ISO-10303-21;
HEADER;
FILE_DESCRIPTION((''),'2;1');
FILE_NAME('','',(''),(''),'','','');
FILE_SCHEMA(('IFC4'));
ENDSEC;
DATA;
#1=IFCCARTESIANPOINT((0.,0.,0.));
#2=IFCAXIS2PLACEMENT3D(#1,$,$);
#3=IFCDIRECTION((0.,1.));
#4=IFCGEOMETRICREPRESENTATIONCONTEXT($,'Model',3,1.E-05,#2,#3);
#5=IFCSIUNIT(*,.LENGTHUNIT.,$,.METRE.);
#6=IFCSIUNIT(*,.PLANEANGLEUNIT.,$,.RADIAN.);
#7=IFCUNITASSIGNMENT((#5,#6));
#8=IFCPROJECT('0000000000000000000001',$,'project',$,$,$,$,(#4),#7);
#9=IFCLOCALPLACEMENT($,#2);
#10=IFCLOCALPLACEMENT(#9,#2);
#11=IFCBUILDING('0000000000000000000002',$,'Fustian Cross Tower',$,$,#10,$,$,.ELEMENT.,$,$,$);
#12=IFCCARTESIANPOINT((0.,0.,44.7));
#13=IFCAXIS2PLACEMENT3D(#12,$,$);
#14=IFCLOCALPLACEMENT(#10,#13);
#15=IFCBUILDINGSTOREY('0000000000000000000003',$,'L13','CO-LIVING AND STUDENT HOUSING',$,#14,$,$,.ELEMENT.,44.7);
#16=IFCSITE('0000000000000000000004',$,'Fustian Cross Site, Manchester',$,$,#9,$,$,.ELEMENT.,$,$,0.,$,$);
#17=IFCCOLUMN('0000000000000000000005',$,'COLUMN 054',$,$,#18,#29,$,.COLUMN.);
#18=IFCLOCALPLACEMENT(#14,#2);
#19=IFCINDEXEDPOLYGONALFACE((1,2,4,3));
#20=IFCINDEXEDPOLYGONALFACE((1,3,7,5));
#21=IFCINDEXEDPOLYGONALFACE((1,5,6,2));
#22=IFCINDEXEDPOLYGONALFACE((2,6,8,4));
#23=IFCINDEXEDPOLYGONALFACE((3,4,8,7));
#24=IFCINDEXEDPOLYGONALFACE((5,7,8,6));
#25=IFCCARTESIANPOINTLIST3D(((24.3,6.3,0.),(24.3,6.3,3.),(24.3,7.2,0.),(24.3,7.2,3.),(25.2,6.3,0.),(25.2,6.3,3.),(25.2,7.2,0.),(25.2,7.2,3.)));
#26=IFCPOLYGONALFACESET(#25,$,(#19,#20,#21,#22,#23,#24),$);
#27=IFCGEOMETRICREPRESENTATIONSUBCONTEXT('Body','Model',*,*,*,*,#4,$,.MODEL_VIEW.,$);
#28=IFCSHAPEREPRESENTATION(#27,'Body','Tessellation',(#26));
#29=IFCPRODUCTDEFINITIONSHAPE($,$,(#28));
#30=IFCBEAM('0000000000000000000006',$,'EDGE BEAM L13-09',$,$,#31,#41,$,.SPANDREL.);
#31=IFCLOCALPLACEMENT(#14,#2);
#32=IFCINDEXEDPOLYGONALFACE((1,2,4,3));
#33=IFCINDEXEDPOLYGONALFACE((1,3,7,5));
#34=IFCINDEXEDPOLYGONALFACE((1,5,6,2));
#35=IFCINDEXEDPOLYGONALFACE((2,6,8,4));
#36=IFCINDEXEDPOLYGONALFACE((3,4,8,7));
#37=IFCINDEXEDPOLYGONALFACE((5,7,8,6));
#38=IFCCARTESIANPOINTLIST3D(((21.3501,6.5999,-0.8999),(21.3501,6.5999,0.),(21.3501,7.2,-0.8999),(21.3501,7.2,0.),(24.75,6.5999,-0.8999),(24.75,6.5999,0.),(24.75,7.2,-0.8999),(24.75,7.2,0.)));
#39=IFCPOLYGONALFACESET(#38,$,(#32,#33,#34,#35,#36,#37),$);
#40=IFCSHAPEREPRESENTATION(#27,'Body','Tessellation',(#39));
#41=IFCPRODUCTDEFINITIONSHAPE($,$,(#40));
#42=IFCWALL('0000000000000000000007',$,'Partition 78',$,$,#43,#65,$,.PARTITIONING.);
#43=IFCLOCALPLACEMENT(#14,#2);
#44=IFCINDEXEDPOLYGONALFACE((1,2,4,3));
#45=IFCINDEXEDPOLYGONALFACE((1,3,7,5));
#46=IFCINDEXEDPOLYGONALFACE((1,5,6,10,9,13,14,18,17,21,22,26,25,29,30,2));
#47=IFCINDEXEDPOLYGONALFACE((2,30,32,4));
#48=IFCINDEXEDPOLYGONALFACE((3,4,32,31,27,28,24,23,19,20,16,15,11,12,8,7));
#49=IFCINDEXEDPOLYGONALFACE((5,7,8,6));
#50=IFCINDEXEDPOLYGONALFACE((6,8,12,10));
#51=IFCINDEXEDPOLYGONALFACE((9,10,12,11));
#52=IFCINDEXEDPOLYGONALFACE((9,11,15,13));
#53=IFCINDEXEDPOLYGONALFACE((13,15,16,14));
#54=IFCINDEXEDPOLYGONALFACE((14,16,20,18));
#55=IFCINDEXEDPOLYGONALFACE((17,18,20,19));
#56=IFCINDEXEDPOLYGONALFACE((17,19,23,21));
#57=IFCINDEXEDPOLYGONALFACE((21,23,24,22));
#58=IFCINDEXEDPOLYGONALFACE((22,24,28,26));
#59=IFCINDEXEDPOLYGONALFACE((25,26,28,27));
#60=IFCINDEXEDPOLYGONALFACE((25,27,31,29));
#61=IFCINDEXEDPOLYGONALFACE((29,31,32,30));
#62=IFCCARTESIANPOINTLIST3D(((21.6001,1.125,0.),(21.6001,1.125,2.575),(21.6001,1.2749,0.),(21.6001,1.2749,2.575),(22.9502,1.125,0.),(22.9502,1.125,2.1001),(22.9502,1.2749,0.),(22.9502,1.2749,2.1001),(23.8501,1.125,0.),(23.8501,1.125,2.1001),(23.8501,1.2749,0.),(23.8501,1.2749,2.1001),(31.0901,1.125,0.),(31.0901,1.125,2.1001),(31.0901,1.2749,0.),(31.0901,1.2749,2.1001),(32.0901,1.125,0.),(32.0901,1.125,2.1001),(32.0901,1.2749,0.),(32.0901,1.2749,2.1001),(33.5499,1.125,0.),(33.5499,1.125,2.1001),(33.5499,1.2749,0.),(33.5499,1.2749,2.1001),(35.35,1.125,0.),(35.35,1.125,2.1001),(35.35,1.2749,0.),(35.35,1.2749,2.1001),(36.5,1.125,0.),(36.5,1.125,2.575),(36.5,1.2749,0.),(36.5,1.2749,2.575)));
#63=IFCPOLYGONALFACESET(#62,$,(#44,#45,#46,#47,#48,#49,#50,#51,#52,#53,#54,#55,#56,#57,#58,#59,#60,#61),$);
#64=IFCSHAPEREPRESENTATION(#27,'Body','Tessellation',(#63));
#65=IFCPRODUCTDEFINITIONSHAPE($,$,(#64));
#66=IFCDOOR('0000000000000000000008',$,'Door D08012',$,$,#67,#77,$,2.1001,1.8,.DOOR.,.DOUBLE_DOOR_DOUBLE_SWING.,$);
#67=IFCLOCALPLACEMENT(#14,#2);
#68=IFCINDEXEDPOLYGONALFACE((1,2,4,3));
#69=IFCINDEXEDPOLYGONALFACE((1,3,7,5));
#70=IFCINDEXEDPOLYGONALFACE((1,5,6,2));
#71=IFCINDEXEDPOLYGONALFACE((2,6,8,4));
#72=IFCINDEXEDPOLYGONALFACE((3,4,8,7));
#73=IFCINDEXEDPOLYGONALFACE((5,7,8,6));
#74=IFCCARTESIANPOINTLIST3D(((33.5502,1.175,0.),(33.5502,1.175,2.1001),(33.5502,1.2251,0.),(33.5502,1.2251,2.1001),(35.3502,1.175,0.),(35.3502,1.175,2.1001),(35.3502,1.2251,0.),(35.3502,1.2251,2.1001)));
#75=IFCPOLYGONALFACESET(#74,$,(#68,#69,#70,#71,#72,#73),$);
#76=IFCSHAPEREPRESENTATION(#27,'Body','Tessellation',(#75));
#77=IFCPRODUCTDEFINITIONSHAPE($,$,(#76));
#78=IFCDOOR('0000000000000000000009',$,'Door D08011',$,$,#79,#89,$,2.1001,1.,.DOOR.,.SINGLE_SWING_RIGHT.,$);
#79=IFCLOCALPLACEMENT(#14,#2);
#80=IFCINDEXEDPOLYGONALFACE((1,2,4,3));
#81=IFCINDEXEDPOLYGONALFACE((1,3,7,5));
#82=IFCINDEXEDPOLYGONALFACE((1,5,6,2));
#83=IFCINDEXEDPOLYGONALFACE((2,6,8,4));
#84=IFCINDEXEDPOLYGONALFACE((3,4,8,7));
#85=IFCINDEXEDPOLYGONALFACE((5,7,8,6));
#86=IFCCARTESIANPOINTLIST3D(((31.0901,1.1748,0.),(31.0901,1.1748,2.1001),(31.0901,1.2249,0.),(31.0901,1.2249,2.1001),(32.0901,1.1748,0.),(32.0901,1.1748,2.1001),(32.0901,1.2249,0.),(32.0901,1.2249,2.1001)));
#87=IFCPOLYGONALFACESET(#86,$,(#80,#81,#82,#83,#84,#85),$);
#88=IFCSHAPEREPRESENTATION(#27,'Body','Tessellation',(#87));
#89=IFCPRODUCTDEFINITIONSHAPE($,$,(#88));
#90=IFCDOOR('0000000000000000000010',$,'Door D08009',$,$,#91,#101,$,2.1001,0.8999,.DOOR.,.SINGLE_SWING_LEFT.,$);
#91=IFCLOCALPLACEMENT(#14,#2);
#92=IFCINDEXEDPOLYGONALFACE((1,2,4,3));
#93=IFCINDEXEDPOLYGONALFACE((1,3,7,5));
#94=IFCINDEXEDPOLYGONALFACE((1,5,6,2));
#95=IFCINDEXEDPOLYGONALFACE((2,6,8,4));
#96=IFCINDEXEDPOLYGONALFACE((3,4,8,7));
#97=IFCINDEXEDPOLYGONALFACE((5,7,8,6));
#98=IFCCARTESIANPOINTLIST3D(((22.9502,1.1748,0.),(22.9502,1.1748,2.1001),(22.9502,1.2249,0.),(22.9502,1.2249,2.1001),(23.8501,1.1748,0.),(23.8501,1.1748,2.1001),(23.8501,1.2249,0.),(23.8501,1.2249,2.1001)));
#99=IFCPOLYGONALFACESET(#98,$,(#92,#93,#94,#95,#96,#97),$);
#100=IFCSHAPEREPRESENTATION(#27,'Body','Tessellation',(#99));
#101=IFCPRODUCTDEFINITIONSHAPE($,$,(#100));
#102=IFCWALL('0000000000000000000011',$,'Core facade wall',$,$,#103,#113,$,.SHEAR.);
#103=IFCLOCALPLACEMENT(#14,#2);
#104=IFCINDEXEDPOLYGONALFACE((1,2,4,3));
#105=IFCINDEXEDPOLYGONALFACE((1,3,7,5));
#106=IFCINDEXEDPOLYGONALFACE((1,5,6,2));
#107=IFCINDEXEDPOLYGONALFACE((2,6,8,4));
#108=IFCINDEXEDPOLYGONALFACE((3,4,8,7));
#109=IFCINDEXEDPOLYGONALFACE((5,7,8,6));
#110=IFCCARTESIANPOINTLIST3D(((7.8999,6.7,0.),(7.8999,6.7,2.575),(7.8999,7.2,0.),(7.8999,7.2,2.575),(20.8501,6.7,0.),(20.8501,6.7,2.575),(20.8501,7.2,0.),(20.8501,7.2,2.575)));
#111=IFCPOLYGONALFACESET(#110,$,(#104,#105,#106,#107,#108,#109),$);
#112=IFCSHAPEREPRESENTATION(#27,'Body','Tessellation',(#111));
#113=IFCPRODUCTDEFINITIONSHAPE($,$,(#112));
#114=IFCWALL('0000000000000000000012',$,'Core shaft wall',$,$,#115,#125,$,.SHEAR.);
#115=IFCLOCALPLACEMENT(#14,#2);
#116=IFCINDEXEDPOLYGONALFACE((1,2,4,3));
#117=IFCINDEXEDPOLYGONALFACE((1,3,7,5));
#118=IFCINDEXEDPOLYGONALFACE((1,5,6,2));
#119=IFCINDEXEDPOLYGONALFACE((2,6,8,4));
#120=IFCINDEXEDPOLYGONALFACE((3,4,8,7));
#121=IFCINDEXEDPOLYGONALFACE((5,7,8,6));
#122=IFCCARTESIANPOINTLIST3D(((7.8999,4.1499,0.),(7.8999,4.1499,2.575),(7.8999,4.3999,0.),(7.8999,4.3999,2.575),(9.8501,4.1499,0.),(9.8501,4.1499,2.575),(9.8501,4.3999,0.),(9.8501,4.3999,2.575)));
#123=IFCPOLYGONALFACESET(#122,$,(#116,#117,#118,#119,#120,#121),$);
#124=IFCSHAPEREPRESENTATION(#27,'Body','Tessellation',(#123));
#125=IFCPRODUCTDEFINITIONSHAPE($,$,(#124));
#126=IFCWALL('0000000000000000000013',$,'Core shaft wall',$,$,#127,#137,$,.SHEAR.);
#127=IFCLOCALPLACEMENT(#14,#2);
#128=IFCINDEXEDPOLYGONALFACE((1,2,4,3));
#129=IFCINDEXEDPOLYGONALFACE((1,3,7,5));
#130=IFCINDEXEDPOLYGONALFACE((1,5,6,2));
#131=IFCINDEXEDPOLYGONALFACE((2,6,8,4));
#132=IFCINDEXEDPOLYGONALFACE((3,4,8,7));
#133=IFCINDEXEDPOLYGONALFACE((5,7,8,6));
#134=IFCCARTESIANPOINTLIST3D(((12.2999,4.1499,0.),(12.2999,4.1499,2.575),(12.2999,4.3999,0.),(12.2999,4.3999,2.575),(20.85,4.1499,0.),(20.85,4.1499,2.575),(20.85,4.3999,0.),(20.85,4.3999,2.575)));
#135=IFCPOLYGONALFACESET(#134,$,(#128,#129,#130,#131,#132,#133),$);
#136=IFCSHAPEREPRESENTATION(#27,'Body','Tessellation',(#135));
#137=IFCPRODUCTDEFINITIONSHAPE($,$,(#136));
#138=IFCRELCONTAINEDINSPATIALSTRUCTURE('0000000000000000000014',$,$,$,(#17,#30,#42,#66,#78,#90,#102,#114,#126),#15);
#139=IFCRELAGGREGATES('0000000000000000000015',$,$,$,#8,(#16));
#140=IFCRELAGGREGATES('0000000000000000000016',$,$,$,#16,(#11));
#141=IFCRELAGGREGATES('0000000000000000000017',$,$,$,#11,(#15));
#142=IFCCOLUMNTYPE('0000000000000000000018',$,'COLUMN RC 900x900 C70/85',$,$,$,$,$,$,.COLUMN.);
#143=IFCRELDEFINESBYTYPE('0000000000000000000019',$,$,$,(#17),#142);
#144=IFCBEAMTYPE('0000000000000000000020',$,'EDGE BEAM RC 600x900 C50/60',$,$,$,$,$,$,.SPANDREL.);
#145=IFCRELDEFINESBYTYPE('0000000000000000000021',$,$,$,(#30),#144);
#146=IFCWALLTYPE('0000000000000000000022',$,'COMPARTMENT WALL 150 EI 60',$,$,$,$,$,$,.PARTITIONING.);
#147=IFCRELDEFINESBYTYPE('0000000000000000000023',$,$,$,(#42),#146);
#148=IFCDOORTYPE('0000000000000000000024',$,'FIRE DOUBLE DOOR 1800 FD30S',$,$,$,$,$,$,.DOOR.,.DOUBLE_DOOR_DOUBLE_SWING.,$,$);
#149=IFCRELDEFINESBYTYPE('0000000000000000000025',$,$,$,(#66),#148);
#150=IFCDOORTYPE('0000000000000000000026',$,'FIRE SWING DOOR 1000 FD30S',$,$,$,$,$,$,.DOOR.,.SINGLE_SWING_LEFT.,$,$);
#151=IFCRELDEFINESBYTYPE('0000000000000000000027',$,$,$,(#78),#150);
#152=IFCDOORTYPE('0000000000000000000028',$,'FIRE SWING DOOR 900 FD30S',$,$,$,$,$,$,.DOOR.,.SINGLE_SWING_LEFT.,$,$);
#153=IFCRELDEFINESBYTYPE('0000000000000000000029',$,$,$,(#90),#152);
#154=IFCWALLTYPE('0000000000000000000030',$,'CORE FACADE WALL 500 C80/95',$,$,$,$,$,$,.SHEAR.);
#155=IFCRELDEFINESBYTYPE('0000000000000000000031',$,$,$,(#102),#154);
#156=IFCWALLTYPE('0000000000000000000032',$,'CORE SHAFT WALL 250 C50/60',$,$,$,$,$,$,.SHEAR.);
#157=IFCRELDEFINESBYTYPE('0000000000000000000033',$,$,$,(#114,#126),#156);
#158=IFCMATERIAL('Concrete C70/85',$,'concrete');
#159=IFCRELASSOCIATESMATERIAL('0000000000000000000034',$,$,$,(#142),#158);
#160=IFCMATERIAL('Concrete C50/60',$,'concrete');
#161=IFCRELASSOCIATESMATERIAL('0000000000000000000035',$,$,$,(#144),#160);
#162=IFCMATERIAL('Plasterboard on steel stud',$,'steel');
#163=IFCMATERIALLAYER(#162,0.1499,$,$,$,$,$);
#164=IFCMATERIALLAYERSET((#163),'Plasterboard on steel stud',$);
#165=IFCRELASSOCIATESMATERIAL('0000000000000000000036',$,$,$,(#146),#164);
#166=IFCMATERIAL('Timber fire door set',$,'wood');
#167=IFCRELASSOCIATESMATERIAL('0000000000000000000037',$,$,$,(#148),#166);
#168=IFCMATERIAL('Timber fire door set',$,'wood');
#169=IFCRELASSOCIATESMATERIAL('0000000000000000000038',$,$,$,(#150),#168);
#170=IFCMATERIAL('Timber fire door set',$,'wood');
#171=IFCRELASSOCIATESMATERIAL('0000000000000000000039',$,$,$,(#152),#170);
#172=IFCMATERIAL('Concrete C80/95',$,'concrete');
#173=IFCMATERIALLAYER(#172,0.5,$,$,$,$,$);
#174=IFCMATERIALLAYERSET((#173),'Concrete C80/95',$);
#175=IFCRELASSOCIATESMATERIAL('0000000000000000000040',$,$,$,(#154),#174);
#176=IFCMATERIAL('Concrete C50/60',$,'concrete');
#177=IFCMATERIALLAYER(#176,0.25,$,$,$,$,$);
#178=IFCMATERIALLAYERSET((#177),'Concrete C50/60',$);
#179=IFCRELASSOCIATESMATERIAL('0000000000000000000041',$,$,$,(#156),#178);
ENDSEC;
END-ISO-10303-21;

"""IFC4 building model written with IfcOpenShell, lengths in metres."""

from ifc_helpers import new_model, si_unit, direction, frame, frame_2d, origin, origin_2d, place, context, subcontext, project, spatial, rectangle, extrude, material, layer, layer_set, material_profile, profile_set, type_object, element, fill, save


model = new_model("IFC4")

# Units and contexts
model_context = context("Model", 3, precision=1e-05, world=origin(), true_north=direction((0.0, 1.0)))
body_context = subcontext(model_context, "Body", "Model", "MODEL_VIEW")
ifc_project = project(units=[si_unit("LENGTHUNIT", "METRE"), si_unit("PLANEANGLEUNIT", "RADIAN")], contexts=[model_context])

# Site, building, storey
site_placement = place(None, origin())
site = spatial("IfcSite", under=ifc_project, at=site_placement, Name="Fustian Cross Site, Manchester", CompositionType="ELEMENT", RefElevation=0.0)
building_placement = place(site_placement, origin())
building = spatial("IfcBuilding", under=site, at=building_placement, Name="Fustian Cross Tower", CompositionType="ELEMENT")
storey_placement = place(building_placement, frame((0.0, 0.0, 44.7)))
storey = spatial("IfcBuildingStorey", under=building, at=storey_placement, Name="L13", Description="CO-LIVING AND STUDENT HOUSING", CompositionType="ELEMENT", Elevation=44.7)

# Column
ifc_material_1 = material(Name="Concrete C70/85", Category="concrete")
ifc_material_profile_1 = material_profile(ifc_material_1, rectangle(XDim=0.8999, YDim=0.8999, at=origin_2d()), Name="RC 900x900")
ifc_profile_set_1 = profile_set([ifc_material_profile_1], Name="Concrete C70/85")
column_type = type_object("IfcColumnType", Name="COLUMN RC 900x900 C70/85", PredefinedType="COLUMN", material=ifc_profile_set_1)
column_placement = place(storey_placement, frame((24.75, 6.75, 0.0), z_axis=(0.0, 0.0, 1.0), x_axis=(1.0, 0.0, 0.0)))
element("IfcColumn", 1, at=column_placement, inside=storey, type_object=column_type, Name="COLUMN 054", PredefinedType="COLUMN", context=body_context, shape_type="SweptSolid", body=[
    extrude(rectangle(XDim=0.8999, YDim=0.8999, at=origin_2d()), origin(), (0.0, 0.0, 1.0), 3.0),
])

# Beam
ifc_material_2 = material(Name="Concrete C50/60", Category="concrete")
ifc_material_profile_2 = material_profile(ifc_material_2, rectangle(XDim=0.6001, YDim=0.8999, at=origin_2d()), Name="RC 600x900")
ifc_profile_set_2 = profile_set([ifc_material_profile_2], Name="Concrete C50/60")
beam_type = type_object("IfcBeamType", Name="EDGE BEAM RC 600x900 C50/60", PredefinedType="SPANDREL", material=ifc_profile_set_2)
beam_placement = place(storey_placement, frame((24.75, 6.8999, -0.45), z_axis=(-1.0, 0.0, 0.0), x_axis=(0.0, -1.0, 0.0)))
element("IfcBeam", 2, at=beam_placement, inside=storey, type_object=beam_type, Name="EDGE BEAM L13-09", PredefinedType="SPANDREL", context=body_context, shape_type="SweptSolid", body=[
    extrude(rectangle(XDim=0.6001, YDim=0.8999, at=origin_2d()), origin(), (0.0, 0.0, 1.0), 3.3999),
])

# Wall, openings, doors
ifc_material_3 = material(Name="Plasterboard on steel stud", Category="steel")
ifc_layer_1 = layer(ifc_material_3, 0.1499)
ifc_layer_set_1 = layer_set([ifc_layer_1], Name="Plasterboard on steel stud")
wall_type_1 = type_object("IfcWallType", Name="COMPARTMENT WALL 150 EI 60", PredefinedType="PARTITIONING", material=ifc_layer_set_1)
wall_1_placement = place(storey_placement, frame((21.6001, 1.2, 0.0), z_axis=(0.0, 0.0, 1.0), x_axis=(1.0, 0.0, 0.0)))
wall_1 = element("IfcWall", 3, at=wall_1_placement, inside=storey, type_object=wall_type_1, Name="Partition 78", PredefinedType="PARTITIONING", context=body_context, shape_type="SweptSolid", body=[
    extrude(rectangle(XDim=14.8999, YDim=0.1499, at=frame_2d((7.45, 0.0))), origin(), (0.0, 0.0, 1.0), 2.575),
])
opening_1_placement = place(wall_1_placement, frame((1.3501, 0.0, 0.0)))
opening_1 = element("IfcOpeningElement", 4, at=opening_1_placement, cuts=wall_1, PredefinedType="OPENING", context=body_context, shape_type="SweptSolid", body=[
    extrude(rectangle(XDim=0.8999, YDim=2.1001, at=frame_2d((0.45, 1.05))), frame((0.0, 0.085, 0.0), z_axis=(0.0, -1.0, 0.0), x_axis=(1.0, 0.0, 0.0)), (0.0, 0.0, 1.0), 0.1699),
])
opening_2_placement = place(wall_1_placement, frame((9.49, 0.0, 0.0)))
opening_2 = element("IfcOpeningElement", 5, at=opening_2_placement, cuts=wall_1, PredefinedType="OPENING", context=body_context, shape_type="SweptSolid", body=[
    extrude(rectangle(XDim=1.0, YDim=2.1001, at=frame_2d((0.5, 1.05))), frame((0.0, 0.085, 0.0), z_axis=(0.0, -1.0, 0.0), x_axis=(1.0, 0.0, 0.0)), (0.0, 0.0, 1.0), 0.1699),
])
opening_3_placement = place(wall_1_placement, frame((11.95, 0.0, 0.0)))
opening_3 = element("IfcOpeningElement", 6, at=opening_3_placement, cuts=wall_1, PredefinedType="OPENING", context=body_context, shape_type="SweptSolid", body=[
    extrude(rectangle(XDim=1.8, YDim=2.1001, at=frame_2d((0.8999, 1.05))), frame((0.0, 0.085, 0.0), z_axis=(0.0, -1.0, 0.0), x_axis=(1.0, 0.0, 0.0)), (0.0, 0.0, 1.0), 0.1699),
])
ifc_material_4 = material(Name="Timber fire door set", Category="wood")
door_type_1 = type_object("IfcDoorType", Name="FIRE DOUBLE DOOR 1800 FD30S", OperationType="DOUBLE_DOOR_DOUBLE_SWING", PredefinedType="DOOR", material=ifc_material_4)
door_1_placement = place(opening_3_placement, frame((1.8, 0.0, 0.0), z_axis=(0.0, 0.0, 1.0), x_axis=(-1.0, 0.0, 0.0)))
door_1 = element("IfcDoor", 7, at=door_1_placement, inside=storey, type_object=door_type_1, Name="Door D08012", OperationType="DOUBLE_DOOR_DOUBLE_SWING", OverallHeight=2.1001, OverallWidth=1.8, PredefinedType="DOOR", context=body_context, shape_type="SweptSolid", body=[
    extrude(rectangle(XDim=1.8, YDim=2.1001, at=frame_2d((0.8999, 1.05))), frame((0.0, 0.0249, 0.0), z_axis=(0.0, -1.0, 0.0), x_axis=(1.0, 0.0, 0.0)), (0.0, 0.0, 1.0), 0.05),
])
fill(opening_3, door_1)
ifc_material_5 = material(Name="Timber fire door set", Category="wood")
door_type_2 = type_object("IfcDoorType", Name="FIRE SWING DOOR 1000 FD30S", OperationType="SINGLE_SWING_LEFT", PredefinedType="DOOR", material=ifc_material_5)
door_2_placement = place(opening_2_placement, origin())
door_2 = element("IfcDoor", 8, at=door_2_placement, inside=storey, type_object=door_type_2, Name="Door D08011", OperationType="SINGLE_SWING_RIGHT", OverallHeight=2.1001, OverallWidth=1.0, PredefinedType="DOOR", context=body_context, shape_type="SweptSolid", body=[
    extrude(rectangle(XDim=1.0, YDim=2.1001, at=frame_2d((0.5, 1.05))), frame((0.0, 0.0249, 0.0), z_axis=(0.0, -1.0, 0.0), x_axis=(1.0, 0.0, 0.0)), (0.0, 0.0, 1.0), 0.05),
])
fill(opening_2, door_2)
ifc_material_6 = material(Name="Timber fire door set", Category="wood")
door_type_3 = type_object("IfcDoorType", Name="FIRE SWING DOOR 900 FD30S", OperationType="SINGLE_SWING_LEFT", PredefinedType="DOOR", material=ifc_material_6)
door_3_placement = place(opening_1_placement, origin())
door_3 = element("IfcDoor", 9, at=door_3_placement, inside=storey, type_object=door_type_3, Name="Door D08009", OperationType="SINGLE_SWING_LEFT", OverallHeight=2.1001, OverallWidth=0.8999, PredefinedType="DOOR", context=body_context, shape_type="SweptSolid", body=[
    extrude(rectangle(XDim=0.8999, YDim=2.1001, at=frame_2d((0.45, 1.05))), frame((0.0, 0.0249, 0.0), z_axis=(0.0, -1.0, 0.0), x_axis=(1.0, 0.0, 0.0)), (0.0, 0.0, 1.0), 0.05),
])
fill(opening_1, door_3)

# Walls
ifc_material_7 = material(Name="Concrete C80/95", Category="concrete")
ifc_layer_2 = layer(ifc_material_7, 0.5)
ifc_layer_set_2 = layer_set([ifc_layer_2], Name="Concrete C80/95")
wall_type_2 = type_object("IfcWallType", Name="CORE FACADE WALL 500 C80/95", PredefinedType="SHEAR", material=ifc_layer_set_2)
wall_2_placement = place(storey_placement, frame((7.8999, 6.95, 0.0), z_axis=(0.0, 0.0, 1.0), x_axis=(1.0, 0.0, 0.0)))
element("IfcWall", 10, at=wall_2_placement, inside=storey, type_object=wall_type_2, Name="Core facade wall", PredefinedType="SHEAR", context=body_context, shape_type="SweptSolid", body=[
    extrude(rectangle(XDim=12.9502, YDim=0.5, at=frame_2d((6.4751, 0.0))), origin(), (0.0, 0.0, 1.0), 2.575),
])
ifc_material_8 = material(Name="Concrete C50/60", Category="concrete")
ifc_layer_3 = layer(ifc_material_8, 0.25)
ifc_layer_set_3 = layer_set([ifc_layer_3], Name="Concrete C50/60")
wall_type_3 = type_object("IfcWallType", Name="CORE SHAFT WALL 250 C50/60", PredefinedType="SHEAR", material=ifc_layer_set_3)
wall_3_placement = place(storey_placement, frame((7.8999, 4.2749, 0.0), z_axis=(0.0, 0.0, 1.0), x_axis=(1.0, 0.0, 0.0)))
element("IfcWall", 11, at=wall_3_placement, inside=storey, type_object=wall_type_3, Name="Core shaft wall", PredefinedType="SHEAR", context=body_context, shape_type="SweptSolid", body=[
    extrude(rectangle(XDim=1.9502, YDim=0.25, at=frame_2d((0.9751, 0.0))), origin(), (0.0, 0.0, 1.0), 2.575),
])
wall_4_placement = place(storey_placement, frame((12.3, 4.2749, 0.0), z_axis=(0.0, 0.0, 1.0), x_axis=(1.0, 0.0, 0.0)))
element("IfcWall", 12, at=wall_4_placement, inside=storey, type_object=wall_type_3, Name="Core shaft wall", PredefinedType="SHEAR", context=body_context, shape_type="SweptSolid", body=[
    extrude(rectangle(XDim=8.55, YDim=0.25, at=frame_2d((4.2749, 0.0))), origin(), (0.0, 0.0, 1.0), 2.575),
])

save(model, "model.ifc")
